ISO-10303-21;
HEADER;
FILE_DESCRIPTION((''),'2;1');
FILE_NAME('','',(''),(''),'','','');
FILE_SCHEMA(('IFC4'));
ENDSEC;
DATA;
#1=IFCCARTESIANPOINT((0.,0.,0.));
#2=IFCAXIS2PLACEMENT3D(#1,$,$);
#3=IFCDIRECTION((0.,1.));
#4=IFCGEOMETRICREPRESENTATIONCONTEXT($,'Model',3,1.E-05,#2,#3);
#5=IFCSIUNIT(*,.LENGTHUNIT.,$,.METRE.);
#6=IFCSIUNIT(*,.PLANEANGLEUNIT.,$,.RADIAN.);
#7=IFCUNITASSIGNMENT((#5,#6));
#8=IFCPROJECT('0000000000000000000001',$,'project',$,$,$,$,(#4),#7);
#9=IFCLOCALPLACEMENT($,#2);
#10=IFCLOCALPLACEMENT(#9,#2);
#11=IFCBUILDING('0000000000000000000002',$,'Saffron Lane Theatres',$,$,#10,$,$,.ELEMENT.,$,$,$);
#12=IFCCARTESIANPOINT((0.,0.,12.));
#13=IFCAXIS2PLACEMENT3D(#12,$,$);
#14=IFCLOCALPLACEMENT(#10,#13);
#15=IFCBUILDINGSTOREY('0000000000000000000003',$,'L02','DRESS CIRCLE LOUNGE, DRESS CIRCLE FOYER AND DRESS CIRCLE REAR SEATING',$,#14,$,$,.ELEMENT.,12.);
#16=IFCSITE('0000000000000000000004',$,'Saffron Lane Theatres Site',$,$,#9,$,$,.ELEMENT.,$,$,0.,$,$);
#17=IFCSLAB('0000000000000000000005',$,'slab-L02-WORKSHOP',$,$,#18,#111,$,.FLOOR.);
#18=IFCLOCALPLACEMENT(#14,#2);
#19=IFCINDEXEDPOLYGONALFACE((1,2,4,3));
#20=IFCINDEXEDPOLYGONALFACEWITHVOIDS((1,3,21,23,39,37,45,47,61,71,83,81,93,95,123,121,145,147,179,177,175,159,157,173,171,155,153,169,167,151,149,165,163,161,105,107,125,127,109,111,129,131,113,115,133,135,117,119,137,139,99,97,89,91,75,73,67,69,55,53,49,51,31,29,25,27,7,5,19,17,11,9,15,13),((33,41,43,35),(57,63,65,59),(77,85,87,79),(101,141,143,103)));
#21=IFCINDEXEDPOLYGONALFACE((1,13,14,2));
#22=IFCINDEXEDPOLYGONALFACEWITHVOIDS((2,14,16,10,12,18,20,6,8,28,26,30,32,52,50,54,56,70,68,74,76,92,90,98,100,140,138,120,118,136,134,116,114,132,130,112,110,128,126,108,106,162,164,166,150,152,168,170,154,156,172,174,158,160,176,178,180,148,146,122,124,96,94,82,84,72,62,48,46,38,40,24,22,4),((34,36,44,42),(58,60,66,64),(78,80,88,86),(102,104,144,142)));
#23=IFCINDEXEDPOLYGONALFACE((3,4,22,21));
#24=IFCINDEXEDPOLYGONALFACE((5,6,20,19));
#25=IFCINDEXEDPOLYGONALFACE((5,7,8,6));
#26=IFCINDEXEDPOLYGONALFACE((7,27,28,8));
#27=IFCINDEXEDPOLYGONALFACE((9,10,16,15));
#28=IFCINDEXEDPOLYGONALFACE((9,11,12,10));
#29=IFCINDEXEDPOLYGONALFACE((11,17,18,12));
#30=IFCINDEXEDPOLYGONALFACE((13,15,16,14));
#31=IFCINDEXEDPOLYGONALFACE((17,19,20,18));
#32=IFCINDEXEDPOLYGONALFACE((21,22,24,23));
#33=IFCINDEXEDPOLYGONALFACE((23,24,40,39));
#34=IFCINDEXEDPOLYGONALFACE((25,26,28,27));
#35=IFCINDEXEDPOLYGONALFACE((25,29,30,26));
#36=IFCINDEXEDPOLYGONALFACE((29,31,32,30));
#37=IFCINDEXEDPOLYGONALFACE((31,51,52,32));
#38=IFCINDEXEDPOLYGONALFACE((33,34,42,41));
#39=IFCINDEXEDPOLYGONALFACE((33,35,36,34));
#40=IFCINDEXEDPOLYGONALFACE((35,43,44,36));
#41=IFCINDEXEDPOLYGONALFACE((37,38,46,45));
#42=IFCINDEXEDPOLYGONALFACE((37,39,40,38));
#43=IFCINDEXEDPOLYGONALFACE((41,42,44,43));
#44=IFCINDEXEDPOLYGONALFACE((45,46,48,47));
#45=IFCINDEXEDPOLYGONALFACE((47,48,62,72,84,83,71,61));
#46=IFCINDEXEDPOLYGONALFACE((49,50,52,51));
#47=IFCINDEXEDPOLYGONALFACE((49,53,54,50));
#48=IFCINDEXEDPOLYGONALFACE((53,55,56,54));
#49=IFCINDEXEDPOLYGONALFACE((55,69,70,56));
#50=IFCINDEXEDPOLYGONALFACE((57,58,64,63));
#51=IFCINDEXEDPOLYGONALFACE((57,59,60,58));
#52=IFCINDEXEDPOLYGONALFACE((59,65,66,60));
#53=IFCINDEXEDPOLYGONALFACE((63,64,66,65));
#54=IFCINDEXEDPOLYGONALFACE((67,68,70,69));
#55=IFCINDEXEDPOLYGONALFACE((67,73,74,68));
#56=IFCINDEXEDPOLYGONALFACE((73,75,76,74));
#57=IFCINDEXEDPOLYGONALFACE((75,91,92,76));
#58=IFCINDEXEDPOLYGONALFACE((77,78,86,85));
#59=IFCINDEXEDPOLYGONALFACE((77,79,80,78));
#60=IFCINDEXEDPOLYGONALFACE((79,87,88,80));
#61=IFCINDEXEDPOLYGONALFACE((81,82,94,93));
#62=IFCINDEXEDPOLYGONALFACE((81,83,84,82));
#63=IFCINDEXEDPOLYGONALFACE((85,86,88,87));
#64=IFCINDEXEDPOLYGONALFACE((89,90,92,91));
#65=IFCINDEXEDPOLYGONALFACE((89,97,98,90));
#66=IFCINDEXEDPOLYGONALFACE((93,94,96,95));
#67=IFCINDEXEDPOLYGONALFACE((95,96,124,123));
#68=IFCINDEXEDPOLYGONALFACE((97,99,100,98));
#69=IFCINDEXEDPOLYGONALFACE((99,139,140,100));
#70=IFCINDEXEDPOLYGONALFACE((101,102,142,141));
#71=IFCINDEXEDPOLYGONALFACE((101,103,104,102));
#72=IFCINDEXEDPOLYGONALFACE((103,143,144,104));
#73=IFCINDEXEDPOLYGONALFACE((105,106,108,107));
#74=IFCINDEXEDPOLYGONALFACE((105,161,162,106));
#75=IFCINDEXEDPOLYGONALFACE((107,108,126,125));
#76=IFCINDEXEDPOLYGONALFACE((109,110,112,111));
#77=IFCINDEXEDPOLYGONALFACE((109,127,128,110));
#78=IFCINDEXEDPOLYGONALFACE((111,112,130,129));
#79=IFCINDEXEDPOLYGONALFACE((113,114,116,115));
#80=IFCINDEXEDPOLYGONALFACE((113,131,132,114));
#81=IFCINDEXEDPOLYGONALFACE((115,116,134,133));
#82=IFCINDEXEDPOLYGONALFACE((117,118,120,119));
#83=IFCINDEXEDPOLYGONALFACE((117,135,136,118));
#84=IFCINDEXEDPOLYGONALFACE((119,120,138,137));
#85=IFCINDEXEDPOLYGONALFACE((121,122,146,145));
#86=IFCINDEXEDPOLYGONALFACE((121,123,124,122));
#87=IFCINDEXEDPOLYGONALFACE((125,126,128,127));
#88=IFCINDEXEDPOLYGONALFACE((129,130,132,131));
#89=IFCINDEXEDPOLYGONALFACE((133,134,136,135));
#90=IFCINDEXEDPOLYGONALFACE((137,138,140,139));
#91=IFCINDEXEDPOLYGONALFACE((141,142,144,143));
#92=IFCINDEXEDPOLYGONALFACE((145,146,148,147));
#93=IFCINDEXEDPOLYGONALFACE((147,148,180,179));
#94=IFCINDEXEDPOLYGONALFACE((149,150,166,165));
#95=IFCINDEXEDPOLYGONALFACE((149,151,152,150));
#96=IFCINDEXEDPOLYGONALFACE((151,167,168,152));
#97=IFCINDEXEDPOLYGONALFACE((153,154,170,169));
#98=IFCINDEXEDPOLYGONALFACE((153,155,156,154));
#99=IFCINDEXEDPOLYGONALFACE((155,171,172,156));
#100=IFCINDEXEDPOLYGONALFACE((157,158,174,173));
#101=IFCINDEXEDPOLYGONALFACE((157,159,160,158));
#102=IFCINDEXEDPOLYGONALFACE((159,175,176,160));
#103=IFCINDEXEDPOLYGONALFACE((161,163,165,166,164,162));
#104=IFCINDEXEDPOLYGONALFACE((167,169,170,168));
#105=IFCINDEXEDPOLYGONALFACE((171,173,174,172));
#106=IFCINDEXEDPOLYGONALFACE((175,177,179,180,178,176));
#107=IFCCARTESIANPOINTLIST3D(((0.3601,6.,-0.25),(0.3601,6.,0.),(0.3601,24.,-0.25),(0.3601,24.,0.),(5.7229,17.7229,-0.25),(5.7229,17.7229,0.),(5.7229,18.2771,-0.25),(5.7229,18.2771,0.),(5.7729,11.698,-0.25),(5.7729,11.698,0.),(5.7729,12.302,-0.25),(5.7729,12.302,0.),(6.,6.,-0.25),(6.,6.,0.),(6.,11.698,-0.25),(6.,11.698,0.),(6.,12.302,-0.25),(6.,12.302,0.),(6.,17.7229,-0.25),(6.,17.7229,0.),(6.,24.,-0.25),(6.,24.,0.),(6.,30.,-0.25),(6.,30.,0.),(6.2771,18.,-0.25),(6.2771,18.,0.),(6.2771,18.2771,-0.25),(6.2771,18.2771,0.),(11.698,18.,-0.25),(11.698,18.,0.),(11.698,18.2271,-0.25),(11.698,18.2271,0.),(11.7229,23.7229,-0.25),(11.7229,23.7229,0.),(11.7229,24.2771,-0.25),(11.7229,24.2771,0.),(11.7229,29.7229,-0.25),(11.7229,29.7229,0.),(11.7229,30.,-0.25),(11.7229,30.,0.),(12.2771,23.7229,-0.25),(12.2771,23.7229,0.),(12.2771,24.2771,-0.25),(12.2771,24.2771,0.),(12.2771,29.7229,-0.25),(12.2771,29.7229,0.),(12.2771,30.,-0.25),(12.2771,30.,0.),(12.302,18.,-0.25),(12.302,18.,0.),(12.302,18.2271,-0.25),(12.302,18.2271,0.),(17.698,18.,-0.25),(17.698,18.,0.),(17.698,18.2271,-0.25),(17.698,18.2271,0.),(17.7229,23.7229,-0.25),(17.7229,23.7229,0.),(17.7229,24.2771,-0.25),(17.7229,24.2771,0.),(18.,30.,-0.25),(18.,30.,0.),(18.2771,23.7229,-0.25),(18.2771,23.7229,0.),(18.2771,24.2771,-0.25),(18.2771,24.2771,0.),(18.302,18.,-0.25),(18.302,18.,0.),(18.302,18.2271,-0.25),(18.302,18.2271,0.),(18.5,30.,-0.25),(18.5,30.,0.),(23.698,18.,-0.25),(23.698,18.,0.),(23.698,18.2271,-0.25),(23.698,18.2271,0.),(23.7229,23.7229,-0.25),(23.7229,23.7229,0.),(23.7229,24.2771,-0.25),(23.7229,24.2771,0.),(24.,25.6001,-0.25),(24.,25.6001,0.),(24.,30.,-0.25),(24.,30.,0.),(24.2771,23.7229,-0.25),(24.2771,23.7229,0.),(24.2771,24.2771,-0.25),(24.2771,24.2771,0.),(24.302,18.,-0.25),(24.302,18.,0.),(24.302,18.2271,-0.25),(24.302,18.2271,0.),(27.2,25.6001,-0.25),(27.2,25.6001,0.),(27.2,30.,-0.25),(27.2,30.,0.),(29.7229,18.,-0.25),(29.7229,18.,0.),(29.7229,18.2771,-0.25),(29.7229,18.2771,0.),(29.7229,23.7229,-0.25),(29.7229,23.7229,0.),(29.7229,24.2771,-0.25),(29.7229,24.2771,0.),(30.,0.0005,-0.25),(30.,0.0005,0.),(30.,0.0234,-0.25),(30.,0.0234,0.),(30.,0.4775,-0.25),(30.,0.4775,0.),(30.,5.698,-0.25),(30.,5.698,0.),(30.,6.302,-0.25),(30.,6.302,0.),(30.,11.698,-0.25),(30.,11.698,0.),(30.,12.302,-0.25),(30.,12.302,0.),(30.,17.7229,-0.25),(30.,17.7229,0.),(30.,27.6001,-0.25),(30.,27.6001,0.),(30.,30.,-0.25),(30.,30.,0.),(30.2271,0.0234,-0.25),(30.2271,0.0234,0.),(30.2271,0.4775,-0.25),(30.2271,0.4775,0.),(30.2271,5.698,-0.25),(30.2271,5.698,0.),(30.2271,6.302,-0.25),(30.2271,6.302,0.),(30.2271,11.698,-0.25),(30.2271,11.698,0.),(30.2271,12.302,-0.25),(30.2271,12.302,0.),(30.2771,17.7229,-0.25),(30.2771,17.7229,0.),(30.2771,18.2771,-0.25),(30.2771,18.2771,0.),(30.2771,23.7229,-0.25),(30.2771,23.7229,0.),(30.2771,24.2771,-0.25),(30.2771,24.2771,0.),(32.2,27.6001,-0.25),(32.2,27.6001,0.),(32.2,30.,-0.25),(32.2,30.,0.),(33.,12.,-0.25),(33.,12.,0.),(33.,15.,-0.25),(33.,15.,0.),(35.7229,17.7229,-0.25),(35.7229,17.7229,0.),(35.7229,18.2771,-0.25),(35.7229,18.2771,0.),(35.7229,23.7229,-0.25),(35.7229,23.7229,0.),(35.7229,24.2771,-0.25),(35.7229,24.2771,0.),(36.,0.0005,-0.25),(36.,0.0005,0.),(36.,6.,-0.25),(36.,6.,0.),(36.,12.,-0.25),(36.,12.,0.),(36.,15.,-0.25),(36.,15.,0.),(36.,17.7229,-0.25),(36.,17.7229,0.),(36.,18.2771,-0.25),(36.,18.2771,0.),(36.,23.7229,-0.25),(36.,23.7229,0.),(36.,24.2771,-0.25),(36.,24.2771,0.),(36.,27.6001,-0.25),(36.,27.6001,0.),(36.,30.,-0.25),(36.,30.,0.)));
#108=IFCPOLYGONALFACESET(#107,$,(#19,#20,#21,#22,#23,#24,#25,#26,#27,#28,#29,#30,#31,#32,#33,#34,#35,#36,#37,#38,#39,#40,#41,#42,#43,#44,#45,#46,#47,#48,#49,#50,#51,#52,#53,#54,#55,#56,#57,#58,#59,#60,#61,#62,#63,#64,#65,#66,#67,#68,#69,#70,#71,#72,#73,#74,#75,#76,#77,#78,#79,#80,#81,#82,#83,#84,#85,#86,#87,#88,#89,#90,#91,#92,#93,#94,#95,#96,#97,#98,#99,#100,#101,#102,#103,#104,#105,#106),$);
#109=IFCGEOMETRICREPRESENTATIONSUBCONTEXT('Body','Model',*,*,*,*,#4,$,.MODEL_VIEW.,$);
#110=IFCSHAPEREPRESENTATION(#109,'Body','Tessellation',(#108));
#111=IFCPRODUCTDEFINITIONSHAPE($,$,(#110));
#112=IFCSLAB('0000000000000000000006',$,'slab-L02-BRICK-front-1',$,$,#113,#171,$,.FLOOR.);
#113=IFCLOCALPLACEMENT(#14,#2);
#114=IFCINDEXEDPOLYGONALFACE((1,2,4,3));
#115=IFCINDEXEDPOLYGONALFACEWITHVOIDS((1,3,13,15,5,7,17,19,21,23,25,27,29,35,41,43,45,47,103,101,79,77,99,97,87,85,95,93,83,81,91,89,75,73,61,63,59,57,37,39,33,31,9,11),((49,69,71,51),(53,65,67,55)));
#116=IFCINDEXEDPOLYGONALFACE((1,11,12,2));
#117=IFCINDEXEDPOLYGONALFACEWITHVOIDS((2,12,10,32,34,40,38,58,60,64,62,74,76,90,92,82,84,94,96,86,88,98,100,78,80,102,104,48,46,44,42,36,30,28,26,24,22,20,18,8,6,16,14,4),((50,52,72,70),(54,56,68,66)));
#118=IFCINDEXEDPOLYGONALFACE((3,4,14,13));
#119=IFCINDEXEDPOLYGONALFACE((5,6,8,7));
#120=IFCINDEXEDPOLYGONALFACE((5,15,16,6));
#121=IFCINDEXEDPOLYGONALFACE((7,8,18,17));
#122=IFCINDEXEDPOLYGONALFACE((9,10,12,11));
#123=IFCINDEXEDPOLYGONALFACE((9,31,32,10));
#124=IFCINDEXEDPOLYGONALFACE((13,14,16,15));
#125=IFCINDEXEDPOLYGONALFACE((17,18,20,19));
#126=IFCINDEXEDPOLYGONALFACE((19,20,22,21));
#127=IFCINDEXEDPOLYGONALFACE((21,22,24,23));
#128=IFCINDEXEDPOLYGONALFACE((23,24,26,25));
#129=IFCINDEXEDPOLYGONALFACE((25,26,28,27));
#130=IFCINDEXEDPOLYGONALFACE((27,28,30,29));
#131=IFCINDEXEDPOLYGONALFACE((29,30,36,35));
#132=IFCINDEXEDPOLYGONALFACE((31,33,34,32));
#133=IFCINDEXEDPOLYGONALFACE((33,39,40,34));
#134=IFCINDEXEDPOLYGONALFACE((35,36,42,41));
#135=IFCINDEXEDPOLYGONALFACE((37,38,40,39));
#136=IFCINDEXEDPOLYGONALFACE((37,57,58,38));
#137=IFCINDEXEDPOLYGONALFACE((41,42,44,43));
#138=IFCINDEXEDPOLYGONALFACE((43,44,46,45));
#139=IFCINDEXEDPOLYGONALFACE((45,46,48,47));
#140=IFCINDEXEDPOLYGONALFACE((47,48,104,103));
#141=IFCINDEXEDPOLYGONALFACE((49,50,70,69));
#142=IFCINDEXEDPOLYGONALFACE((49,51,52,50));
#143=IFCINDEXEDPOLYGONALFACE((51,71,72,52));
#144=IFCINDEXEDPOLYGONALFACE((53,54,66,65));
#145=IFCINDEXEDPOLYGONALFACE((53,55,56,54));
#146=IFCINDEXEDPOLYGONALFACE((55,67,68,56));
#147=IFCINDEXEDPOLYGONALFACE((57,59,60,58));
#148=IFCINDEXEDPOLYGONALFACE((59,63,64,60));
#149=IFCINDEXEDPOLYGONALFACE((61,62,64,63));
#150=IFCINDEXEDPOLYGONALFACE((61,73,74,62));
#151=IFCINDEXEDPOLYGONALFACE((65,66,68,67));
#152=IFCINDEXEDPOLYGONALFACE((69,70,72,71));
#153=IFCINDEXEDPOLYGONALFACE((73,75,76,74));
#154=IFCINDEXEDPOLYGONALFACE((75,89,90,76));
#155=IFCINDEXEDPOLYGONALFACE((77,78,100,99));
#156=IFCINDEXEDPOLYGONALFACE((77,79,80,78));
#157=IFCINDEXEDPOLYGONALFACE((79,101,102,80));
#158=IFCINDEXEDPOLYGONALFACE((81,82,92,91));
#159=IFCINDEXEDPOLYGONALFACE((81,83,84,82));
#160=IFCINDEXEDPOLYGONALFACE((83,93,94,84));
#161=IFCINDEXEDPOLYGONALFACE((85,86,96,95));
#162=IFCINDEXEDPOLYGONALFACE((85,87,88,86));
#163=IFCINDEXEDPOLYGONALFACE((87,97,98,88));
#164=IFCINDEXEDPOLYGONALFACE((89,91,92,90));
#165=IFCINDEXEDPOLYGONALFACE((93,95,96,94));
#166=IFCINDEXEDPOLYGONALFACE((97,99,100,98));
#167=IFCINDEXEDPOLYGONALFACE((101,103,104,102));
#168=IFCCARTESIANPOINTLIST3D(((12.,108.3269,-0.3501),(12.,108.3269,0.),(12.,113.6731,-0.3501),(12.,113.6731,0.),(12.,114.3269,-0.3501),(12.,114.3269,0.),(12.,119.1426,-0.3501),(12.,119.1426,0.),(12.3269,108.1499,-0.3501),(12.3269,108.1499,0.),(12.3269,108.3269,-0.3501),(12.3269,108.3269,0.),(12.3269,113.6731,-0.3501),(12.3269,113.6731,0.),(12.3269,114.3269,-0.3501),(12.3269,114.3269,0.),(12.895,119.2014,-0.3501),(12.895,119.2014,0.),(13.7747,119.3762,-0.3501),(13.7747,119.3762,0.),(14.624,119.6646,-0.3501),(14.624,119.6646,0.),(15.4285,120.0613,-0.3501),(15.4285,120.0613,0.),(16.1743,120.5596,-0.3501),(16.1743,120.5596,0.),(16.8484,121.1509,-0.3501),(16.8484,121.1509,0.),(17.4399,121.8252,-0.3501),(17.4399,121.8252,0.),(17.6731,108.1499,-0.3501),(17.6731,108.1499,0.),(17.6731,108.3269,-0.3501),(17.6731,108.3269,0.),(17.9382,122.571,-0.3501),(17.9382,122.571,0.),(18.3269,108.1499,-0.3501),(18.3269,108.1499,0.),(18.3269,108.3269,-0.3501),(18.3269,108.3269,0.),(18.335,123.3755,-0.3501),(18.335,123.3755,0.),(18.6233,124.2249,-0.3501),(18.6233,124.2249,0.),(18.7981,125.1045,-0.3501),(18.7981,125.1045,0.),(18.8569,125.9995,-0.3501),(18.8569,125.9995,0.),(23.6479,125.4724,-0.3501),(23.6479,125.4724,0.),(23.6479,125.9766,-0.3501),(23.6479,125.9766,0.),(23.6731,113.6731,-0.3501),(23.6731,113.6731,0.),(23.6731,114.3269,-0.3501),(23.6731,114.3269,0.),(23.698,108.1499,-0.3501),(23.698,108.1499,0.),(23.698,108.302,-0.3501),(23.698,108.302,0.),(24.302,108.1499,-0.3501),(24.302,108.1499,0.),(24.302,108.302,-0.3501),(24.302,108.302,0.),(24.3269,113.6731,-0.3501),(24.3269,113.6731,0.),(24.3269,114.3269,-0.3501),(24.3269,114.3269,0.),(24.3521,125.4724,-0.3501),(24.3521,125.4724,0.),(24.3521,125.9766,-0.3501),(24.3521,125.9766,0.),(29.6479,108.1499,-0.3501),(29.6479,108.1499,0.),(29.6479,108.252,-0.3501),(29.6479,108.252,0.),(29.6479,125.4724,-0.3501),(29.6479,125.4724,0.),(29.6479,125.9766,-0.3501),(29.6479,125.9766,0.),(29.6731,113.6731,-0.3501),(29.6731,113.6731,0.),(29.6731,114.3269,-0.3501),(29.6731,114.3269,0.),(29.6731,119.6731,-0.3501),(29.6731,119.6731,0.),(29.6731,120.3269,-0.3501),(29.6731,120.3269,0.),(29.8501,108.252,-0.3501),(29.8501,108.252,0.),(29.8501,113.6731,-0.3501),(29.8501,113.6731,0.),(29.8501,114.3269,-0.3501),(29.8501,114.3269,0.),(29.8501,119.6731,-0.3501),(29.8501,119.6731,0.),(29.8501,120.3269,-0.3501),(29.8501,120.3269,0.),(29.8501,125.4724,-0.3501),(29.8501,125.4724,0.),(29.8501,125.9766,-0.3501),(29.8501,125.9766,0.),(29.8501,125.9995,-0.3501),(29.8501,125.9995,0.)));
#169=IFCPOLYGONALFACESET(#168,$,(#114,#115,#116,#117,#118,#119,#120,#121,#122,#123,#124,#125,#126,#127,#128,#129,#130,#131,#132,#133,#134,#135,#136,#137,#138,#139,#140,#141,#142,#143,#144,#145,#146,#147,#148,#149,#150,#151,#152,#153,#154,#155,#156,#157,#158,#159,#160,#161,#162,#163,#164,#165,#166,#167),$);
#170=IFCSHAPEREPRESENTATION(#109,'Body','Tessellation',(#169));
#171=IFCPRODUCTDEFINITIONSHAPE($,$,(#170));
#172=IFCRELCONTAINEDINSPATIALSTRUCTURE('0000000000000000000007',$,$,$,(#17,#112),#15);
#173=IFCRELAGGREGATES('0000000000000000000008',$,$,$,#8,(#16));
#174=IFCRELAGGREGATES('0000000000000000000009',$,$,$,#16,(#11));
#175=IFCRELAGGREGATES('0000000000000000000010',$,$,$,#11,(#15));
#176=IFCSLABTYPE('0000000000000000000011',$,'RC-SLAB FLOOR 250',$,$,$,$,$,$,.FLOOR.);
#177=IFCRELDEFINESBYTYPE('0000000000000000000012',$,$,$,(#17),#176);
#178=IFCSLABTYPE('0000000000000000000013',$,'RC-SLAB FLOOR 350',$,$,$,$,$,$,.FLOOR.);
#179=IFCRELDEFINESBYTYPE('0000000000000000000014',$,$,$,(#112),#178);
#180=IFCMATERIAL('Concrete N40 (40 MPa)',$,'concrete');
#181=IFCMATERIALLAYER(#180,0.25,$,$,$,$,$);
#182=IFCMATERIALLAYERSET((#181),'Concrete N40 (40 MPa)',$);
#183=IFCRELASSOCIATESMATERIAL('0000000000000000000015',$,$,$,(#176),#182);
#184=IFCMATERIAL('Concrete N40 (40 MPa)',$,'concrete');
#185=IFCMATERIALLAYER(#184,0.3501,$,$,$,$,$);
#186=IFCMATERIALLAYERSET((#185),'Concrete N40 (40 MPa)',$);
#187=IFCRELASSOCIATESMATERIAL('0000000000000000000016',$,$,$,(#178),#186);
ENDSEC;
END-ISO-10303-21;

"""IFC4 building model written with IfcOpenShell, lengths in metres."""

from ifc_helpers import new_model, si_unit, direction, frame, origin, place, context, subcontext, project, spatial, polyline, outline, extrude, material, layer, layer_set, type_object, element, save


model = new_model("IFC4")

# Units and contexts
model_context = context("Model", 3, precision=1e-05, world=origin(), true_north=direction((0.0, 1.0)))
body_context = subcontext(model_context, "Body", "Model", "MODEL_VIEW")
ifc_project = project(units=[si_unit("LENGTHUNIT", "METRE"), si_unit("PLANEANGLEUNIT", "RADIAN")], contexts=[model_context])

# Site, building, storey
site_placement = place(None, origin())
site = spatial("IfcSite", under=ifc_project, at=site_placement, Name="Saffron Lane Theatres Site", CompositionType="ELEMENT", RefElevation=0.0)
building_placement = place(site_placement, origin())
building = spatial("IfcBuilding", under=site, at=building_placement, Name="Saffron Lane Theatres", CompositionType="ELEMENT")
storey_placement = place(building_placement, frame((0.0, 0.0, 12.0)))
storey = spatial("IfcBuildingStorey", under=building, at=storey_placement, Name="L02", Description="DRESS CIRCLE LOUNGE, DRESS CIRCLE FOYER AND DRESS CIRCLE REAR SEATING", CompositionType="ELEMENT", Elevation=12.0)

# Slabs
ifc_material_1 = material(Name="Concrete N40 (40 MPa)", Category="concrete")
ifc_layer_1 = layer(ifc_material_1, 0.25)
ifc_layer_set_1 = layer_set([ifc_layer_1], Name="Concrete N40 (40 MPa)")
slab_type_1 = type_object("IfcSlabType", Name="RC-SLAB FLOOR 250", PredefinedType="FLOOR", material=ifc_layer_set_1)
slab_1_placement = place(storey_placement, frame((0.0, 0.0, -0.25)))
element("IfcSlab", 1, at=slab_1_placement, inside=storey, type_object=slab_type_1, Name="slab-L02-WORKSHOP", PredefinedType="FLOOR", context=body_context, shape_type="SweptSolid", body=[
    extrude(outline(polyline([(30.0, 0.0234), (30.0, 0.0005), (36.0, 0.0005), (36.0, 6.0), (36.0, 12.0), (33.0, 12.0), (33.0, 15.0), (36.0, 15.0), (36.0, 17.7229), (35.7229, 17.7229), (35.7229, 18.2771), (36.0, 18.2771), (36.0, 23.7229), (35.7229, 23.7229), (35.7229, 24.2771), (36.0, 24.2771), (36.0, 27.6001), (36.0, 30.0), (32.2, 30.0), (32.2, 27.6001), (30.0, 27.6001), (30.0, 30.0), (27.2, 30.0), (27.2, 25.6001), (24.0, 25.6001), (24.0, 30.0), (18.5, 30.0), (18.0, 30.0), (12.2771, 30.0), (12.2771, 29.7229), (11.7229, 29.7229), (11.7229, 30.0), (6.0, 30.0), (6.0, 24.0), (0.3601, 24.0), (0.3601, 6.0), (6.0, 6.0), (6.0, 11.698), (5.7729, 11.698), (5.7729, 12.302), (6.0, 12.302), (6.0, 17.7229), (5.7229, 17.7229), (5.7229, 18.2771), (6.2771, 18.2771), (6.2771, 18.0), (11.698, 18.0), (11.698, 18.2271), (12.302, 18.2271), (12.302, 18.0), (17.698, 18.0), (17.698, 18.2271), (18.302, 18.2271), (18.302, 18.0), (23.698, 18.0), (23.698, 18.2271), (24.302, 18.2271), (24.302, 18.0), (29.7229, 18.0), (29.7229, 18.2771), (30.2771, 18.2771), (30.2771, 17.7229), (30.0, 17.7229), (30.0, 12.302), (30.2271, 12.302), (30.2271, 11.698), (30.0, 11.698), (30.0, 6.302), (30.2271, 6.302), (30.2271, 5.698), (30.0, 5.698), (30.0, 0.4775), (30.2271, 0.4775), (30.2271, 0.0234), (30.0, 0.0234)]), holes=[polyline([(30.2771, 23.7229), (29.7229, 23.7229), (29.7229, 24.2771), (30.2771, 24.2771), (30.2771, 23.7229)]), polyline([(23.7229, 23.7229), (23.7229, 24.2771), (24.2771, 24.2771), (24.2771, 23.7229), (23.7229, 23.7229)]), polyline([(18.2771, 23.7229), (17.7229, 23.7229), (17.7229, 24.2771), (18.2771, 24.2771), (18.2771, 23.7229)]), polyline([(11.7229, 23.7229), (11.7229, 24.2771), (12.2771, 24.2771), (12.2771, 23.7229), (11.7229, 23.7229)])]), origin(), (0.0, 0.0, 1.0), 0.25),
])
ifc_material_2 = material(Name="Concrete N40 (40 MPa)", Category="concrete")
ifc_layer_2 = layer(ifc_material_2, 0.3501)
ifc_layer_set_2 = layer_set([ifc_layer_2], Name="Concrete N40 (40 MPa)")
slab_type_2 = type_object("IfcSlabType", Name="RC-SLAB FLOOR 350", PredefinedType="FLOOR", material=ifc_layer_set_2)
slab_2_placement = place(storey_placement, frame((0.0, 0.0, -0.3501)))
element("IfcSlab", 2, at=slab_2_placement, inside=storey, type_object=slab_type_2, Name="slab-L02-BRICK-front-1", PredefinedType="FLOOR", context=body_context, shape_type="SweptSolid", body=[
    extrude(outline(polyline([(12.0, 108.3269), (12.3269, 108.3269), (12.3269, 108.1499), (17.6731, 108.1499), (17.6731, 108.3269), (18.3269, 108.3269), (18.3269, 108.1499), (23.698, 108.1499), (23.698, 108.302), (24.302, 108.302), (24.302, 108.1499), (29.6479, 108.1499), (29.6479, 108.252), (29.8501, 108.252), (29.8501, 113.6731), (29.6731, 113.6731), (29.6731, 114.3269), (29.8501, 114.3269), (29.8501, 119.6731), (29.6731, 119.6731), (29.6731, 120.3269), (29.8501, 120.3269), (29.8501, 125.4724), (29.6479, 125.4724), (29.6479, 125.9766), (29.8501, 125.9766), (29.8501, 125.9995), (18.8569, 125.9995), (18.7981, 125.1045), (18.6233, 124.2249), (18.335, 123.3755), (17.9382, 122.571), (17.4399, 121.8252), (16.8484, 121.1509), (16.1743, 120.5596), (15.4285, 120.0613), (14.624, 119.6646), (13.7747, 119.3762), (12.895, 119.2014), (12.0, 119.1426), (12.0, 114.3269), (12.3269, 114.3269), (12.3269, 113.6731), (12.0, 113.6731), (12.0, 108.3269)]), holes=[polyline([(24.3521, 125.4724), (23.6479, 125.4724), (23.6479, 125.9766), (24.3521, 125.9766), (24.3521, 125.4724)]), polyline([(24.3269, 113.6731), (23.6731, 113.6731), (23.6731, 114.3269), (24.3269, 114.3269), (24.3269, 113.6731)])]), origin(), (0.0, 0.0, 1.0), 0.3501),
])

save(model, "model.ifc")
